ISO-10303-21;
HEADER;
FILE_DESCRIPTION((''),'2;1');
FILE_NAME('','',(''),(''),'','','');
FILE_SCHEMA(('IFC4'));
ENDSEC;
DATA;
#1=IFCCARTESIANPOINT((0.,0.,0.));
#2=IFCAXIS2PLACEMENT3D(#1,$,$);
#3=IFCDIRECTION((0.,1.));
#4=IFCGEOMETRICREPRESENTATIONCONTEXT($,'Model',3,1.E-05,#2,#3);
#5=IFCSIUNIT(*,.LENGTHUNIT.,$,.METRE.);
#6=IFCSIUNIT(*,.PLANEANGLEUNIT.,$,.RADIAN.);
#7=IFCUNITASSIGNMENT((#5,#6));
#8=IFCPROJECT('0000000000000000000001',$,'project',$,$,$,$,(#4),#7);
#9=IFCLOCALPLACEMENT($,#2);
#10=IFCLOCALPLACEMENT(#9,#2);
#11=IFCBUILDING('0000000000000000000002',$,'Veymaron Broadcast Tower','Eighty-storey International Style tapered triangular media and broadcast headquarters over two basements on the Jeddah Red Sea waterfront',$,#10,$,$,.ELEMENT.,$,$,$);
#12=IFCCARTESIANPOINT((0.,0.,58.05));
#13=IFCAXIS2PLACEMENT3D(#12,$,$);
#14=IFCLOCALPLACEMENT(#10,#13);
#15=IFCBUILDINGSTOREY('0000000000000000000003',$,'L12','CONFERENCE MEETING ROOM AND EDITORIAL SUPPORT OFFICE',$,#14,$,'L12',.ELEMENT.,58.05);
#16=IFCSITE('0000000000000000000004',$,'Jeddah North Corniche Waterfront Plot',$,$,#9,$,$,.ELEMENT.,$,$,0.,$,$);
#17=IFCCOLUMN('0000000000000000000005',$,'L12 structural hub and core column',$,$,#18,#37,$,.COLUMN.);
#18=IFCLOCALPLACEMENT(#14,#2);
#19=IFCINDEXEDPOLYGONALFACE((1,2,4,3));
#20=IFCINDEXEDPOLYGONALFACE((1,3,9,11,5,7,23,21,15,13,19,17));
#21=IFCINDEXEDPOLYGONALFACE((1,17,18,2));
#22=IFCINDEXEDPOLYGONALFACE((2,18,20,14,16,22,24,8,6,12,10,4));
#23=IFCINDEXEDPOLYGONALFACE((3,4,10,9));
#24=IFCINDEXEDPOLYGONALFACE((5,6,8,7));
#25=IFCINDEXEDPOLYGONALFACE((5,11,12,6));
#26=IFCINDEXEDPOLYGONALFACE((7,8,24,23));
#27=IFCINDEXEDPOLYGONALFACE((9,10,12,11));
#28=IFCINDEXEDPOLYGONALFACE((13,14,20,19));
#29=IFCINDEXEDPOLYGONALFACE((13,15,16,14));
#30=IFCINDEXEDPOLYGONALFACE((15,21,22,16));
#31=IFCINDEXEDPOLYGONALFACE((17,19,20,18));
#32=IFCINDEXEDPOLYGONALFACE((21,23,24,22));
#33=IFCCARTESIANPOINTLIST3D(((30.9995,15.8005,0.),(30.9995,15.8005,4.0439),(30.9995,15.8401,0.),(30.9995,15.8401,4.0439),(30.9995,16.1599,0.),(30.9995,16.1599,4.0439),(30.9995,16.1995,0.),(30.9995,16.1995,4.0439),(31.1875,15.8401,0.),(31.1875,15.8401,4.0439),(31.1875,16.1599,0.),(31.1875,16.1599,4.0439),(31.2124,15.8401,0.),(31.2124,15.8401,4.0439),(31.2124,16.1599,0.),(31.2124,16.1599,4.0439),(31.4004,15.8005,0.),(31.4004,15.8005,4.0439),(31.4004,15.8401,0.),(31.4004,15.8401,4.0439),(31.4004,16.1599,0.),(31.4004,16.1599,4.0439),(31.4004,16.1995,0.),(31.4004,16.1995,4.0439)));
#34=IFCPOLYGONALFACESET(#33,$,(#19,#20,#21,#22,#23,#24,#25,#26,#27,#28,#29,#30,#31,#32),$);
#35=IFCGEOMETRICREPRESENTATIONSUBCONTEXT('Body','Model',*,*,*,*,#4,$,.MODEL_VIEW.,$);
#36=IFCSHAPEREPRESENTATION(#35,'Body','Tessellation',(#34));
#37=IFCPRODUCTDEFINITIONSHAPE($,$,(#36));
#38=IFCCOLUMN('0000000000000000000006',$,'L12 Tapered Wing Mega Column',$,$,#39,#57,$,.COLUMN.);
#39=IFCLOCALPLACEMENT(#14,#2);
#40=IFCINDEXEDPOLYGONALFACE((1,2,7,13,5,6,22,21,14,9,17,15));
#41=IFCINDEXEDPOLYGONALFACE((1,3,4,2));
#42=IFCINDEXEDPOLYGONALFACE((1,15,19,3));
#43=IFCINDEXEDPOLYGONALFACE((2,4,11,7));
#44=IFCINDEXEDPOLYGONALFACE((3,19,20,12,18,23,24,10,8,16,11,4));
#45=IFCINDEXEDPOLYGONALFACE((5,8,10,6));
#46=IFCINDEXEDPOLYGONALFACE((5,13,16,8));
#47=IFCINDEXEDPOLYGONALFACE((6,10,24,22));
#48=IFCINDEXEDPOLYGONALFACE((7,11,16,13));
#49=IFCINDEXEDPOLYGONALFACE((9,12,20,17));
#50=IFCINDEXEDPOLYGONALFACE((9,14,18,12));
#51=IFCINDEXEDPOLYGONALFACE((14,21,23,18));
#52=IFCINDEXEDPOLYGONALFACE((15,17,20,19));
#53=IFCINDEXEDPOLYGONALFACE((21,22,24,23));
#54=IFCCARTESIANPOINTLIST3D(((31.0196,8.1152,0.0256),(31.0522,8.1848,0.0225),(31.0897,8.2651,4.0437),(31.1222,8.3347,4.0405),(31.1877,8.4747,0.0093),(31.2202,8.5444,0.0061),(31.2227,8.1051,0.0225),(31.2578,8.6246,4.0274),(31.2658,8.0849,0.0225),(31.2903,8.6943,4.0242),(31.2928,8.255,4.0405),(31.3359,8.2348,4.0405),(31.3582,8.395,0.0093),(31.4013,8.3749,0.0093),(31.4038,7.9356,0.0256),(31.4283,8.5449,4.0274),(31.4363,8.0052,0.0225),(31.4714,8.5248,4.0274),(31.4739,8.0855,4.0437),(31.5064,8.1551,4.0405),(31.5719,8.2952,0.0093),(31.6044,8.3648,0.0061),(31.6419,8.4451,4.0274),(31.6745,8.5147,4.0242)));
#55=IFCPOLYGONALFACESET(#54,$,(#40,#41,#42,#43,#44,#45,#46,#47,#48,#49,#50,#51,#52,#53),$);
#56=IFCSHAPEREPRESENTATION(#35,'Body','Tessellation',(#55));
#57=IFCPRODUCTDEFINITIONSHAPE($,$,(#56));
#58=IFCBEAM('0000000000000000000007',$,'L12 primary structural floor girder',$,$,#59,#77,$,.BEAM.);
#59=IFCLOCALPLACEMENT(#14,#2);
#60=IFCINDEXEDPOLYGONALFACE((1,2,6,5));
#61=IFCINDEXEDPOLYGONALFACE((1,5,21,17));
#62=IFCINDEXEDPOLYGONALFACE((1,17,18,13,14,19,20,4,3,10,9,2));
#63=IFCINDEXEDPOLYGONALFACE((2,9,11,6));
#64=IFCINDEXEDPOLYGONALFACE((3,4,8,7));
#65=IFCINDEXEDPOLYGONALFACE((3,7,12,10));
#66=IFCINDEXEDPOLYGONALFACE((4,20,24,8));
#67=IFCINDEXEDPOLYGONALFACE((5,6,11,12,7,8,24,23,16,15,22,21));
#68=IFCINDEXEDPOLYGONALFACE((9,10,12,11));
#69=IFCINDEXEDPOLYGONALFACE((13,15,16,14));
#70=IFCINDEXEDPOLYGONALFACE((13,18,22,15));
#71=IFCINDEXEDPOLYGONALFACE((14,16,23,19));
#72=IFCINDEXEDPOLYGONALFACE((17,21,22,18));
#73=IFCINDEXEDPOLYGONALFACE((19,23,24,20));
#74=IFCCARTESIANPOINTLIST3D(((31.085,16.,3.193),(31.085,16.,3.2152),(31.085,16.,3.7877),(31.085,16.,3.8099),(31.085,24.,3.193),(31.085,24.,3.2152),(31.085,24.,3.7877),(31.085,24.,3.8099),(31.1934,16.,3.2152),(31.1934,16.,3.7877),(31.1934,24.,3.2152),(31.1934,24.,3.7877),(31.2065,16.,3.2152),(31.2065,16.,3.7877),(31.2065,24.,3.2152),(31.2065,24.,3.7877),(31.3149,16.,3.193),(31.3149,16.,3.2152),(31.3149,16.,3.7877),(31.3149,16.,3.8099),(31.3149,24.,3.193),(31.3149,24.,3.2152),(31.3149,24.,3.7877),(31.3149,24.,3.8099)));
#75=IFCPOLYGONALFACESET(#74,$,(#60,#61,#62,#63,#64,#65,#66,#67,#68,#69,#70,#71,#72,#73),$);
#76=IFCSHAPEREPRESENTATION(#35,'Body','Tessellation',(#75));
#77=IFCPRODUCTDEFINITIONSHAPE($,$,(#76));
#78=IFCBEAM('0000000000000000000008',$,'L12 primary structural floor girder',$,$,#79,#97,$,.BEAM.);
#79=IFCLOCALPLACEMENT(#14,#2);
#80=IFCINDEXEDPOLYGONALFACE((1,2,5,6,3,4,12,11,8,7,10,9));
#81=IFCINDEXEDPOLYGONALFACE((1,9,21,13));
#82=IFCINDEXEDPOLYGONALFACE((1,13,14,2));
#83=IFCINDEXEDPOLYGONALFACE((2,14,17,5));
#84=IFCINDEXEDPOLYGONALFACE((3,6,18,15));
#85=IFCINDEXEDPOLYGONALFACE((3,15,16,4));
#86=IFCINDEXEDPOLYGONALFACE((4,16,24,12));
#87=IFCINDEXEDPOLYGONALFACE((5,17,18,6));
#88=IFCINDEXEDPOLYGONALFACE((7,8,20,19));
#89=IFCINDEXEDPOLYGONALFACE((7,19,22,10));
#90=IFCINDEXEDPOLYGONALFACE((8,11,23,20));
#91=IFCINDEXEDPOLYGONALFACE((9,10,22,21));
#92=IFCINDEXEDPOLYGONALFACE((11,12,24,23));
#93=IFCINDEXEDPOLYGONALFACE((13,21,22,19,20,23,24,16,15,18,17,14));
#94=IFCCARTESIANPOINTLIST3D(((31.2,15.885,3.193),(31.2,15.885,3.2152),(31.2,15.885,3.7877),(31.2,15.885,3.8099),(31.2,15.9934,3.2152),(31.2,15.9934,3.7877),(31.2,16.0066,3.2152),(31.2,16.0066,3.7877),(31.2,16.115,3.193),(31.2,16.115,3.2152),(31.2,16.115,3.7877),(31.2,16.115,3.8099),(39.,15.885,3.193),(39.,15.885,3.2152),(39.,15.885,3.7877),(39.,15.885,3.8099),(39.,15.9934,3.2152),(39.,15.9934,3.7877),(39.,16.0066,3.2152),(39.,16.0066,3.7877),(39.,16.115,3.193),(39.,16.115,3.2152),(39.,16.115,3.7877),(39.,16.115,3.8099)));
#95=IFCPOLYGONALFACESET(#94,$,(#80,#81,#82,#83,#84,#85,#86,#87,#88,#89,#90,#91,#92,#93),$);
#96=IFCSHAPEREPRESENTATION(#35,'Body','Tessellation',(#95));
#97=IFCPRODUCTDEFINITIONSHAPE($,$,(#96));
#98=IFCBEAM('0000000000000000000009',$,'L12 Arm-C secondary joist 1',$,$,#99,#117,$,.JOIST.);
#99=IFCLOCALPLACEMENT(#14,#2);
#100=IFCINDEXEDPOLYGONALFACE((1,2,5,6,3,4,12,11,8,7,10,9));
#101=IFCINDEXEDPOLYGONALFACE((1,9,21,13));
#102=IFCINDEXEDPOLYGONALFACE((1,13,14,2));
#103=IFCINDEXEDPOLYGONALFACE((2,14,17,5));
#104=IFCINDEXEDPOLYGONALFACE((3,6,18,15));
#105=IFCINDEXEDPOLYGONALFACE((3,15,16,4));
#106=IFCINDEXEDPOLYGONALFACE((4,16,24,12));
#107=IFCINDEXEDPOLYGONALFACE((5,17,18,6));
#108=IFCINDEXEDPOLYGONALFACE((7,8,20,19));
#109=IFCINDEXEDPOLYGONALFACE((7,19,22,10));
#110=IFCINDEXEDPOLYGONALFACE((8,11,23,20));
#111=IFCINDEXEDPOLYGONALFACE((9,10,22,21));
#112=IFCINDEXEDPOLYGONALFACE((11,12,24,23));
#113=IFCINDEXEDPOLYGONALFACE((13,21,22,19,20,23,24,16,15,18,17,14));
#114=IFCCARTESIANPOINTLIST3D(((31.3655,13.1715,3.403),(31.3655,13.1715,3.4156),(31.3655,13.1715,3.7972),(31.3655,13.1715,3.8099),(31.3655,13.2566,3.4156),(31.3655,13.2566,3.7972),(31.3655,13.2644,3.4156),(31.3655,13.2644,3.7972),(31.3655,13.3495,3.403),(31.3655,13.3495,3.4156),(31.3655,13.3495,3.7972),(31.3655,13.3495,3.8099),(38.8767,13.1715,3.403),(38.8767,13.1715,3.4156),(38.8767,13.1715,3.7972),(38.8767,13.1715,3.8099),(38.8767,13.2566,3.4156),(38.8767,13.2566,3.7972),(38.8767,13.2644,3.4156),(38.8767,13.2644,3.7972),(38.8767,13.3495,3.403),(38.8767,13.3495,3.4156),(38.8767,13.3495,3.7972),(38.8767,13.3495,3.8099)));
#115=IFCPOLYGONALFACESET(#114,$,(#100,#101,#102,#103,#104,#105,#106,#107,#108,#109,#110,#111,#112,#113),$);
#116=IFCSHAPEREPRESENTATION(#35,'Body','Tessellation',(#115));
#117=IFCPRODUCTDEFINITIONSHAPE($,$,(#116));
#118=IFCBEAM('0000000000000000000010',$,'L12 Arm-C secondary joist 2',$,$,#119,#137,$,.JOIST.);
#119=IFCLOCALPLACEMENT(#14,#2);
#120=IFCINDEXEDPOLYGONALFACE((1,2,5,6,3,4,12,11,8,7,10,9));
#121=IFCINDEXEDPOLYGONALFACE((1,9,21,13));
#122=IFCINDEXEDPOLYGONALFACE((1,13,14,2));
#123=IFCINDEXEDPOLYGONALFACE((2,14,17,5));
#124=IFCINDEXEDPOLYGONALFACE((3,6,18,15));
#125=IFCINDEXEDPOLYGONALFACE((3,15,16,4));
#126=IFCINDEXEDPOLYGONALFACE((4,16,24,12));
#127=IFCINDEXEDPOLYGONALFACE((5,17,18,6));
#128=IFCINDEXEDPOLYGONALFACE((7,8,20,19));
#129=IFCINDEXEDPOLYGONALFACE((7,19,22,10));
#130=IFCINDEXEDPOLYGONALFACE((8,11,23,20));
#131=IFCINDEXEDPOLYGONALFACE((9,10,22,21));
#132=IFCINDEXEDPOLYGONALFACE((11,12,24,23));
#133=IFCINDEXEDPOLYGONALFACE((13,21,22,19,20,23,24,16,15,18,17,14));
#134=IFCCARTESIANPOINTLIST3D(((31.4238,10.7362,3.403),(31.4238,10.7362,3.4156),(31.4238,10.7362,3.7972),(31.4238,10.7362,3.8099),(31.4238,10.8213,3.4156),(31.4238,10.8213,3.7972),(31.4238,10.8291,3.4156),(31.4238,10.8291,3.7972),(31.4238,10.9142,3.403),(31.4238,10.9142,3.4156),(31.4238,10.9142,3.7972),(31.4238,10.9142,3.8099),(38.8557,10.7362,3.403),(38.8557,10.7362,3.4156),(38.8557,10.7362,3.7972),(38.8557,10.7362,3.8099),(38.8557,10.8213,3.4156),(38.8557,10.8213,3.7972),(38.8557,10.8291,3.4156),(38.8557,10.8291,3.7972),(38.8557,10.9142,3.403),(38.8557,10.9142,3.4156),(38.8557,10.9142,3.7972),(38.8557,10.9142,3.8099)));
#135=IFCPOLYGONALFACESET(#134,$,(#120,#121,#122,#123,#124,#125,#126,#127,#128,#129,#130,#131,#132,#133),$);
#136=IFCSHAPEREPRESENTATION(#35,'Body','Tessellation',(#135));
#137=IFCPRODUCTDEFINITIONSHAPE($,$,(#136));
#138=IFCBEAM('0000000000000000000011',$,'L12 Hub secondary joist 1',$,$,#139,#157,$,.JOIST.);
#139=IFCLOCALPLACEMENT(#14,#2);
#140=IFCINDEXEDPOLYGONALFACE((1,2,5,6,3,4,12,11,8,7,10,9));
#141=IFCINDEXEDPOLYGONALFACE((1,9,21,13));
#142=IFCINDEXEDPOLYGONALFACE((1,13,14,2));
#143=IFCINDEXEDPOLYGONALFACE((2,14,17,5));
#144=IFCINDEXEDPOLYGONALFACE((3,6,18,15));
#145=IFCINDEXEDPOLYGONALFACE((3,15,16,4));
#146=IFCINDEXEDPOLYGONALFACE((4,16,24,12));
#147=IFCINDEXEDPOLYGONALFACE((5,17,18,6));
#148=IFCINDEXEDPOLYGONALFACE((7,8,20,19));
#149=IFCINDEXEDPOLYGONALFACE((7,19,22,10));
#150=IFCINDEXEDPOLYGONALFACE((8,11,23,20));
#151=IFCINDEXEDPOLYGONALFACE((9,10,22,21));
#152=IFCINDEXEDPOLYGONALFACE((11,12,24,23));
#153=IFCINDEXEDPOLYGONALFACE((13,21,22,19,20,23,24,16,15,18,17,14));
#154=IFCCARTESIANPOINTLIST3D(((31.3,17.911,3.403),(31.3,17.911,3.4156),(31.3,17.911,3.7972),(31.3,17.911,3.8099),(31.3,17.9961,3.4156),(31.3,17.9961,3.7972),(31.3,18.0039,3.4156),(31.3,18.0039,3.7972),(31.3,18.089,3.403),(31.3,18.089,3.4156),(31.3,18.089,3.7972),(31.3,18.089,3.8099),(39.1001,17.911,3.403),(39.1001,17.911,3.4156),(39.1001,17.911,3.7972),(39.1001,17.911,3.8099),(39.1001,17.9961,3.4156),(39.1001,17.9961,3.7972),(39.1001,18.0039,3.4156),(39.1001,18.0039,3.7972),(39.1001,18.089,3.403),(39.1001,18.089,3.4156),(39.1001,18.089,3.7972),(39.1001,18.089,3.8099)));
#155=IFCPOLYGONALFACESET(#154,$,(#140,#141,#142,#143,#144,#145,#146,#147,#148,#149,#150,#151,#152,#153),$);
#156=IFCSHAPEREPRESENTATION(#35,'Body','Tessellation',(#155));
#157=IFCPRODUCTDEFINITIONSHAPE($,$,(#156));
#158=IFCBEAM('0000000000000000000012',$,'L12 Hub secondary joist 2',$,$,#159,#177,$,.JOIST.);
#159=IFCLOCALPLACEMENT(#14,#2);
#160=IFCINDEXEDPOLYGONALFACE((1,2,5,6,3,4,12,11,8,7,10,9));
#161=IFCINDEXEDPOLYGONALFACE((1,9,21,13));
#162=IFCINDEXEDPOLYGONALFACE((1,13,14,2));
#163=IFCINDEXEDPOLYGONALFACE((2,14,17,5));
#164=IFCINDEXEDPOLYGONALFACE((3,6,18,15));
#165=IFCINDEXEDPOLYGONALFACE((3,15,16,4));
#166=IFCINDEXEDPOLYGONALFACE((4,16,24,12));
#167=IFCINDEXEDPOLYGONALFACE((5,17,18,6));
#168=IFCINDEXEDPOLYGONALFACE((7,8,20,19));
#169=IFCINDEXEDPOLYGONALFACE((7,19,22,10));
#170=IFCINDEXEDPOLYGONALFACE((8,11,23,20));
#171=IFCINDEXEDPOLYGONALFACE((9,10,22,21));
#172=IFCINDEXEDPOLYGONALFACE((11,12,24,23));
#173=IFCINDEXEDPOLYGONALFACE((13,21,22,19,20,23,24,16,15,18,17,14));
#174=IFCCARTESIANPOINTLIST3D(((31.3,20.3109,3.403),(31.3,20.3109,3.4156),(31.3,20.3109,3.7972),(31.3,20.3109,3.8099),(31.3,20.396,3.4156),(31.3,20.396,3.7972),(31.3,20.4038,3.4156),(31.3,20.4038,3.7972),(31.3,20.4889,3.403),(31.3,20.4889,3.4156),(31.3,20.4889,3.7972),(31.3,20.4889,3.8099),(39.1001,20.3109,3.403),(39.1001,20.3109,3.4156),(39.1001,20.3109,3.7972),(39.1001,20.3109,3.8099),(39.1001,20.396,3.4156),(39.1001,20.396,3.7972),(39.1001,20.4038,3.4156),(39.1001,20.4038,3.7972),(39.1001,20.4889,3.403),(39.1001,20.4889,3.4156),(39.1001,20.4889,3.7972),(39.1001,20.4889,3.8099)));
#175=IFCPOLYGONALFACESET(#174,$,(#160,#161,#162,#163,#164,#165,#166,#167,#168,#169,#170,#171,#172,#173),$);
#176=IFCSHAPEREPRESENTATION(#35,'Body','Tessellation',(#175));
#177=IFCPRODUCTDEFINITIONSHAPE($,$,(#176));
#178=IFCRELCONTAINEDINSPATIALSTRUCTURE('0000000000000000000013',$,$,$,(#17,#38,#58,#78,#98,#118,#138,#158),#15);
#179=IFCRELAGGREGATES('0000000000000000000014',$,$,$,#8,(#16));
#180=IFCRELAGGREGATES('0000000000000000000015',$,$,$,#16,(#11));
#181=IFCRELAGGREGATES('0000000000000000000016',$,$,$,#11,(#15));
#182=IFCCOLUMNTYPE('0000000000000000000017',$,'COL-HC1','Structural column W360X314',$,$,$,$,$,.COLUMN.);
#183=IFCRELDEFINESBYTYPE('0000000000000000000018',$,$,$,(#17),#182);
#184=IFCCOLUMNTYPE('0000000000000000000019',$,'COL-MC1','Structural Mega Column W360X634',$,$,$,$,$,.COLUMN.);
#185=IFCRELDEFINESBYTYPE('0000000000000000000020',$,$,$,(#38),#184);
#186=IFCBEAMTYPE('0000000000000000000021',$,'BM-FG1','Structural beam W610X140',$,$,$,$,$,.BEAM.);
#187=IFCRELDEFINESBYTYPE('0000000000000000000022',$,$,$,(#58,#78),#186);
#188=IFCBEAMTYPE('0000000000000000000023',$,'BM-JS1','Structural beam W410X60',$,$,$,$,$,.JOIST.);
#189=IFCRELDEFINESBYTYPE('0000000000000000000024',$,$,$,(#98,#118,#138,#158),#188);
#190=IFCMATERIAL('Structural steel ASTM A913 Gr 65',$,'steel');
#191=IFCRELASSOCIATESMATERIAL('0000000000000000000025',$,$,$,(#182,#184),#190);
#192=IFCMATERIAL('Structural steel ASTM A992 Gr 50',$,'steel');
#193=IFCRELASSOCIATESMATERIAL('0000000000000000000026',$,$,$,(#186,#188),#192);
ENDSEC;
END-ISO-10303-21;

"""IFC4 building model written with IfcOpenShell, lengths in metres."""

from ifc_helpers import new_model, si_unit, direction, frame, origin, origin_2d, place, context, subcontext, project, spatial, i_section, extrude, material, material_profile, profile_set, type_object, element, save


model = new_model("IFC4")

# Units and contexts
model_context = context("Model", 3, precision=1e-05, world=origin(), true_north=direction((0.0, 1.0)))
body_context = subcontext(model_context, "Body", "Model", "MODEL_VIEW")
ifc_project = project(units=[si_unit("LENGTHUNIT", "METRE"), si_unit("PLANEANGLEUNIT", "RADIAN")], contexts=[model_context])

# Site, building, storey
site_placement = place(None, origin())
site = spatial("IfcSite", under=ifc_project, at=site_placement, Name="Jeddah North Corniche Waterfront Plot", CompositionType="ELEMENT", RefElevation=0.0)
building_placement = place(site_placement, origin())
building = spatial("IfcBuilding", under=site, at=building_placement, Name="Veymaron Broadcast Tower", Description="Eighty-storey International Style tapered triangular media and broadcast headquarters over two basements on the Jeddah Red Sea waterfront", CompositionType="ELEMENT")
storey_placement = place(building_placement, frame((0.0, 0.0, 58.05)))
storey = spatial("IfcBuildingStorey", under=building, at=storey_placement, Name="L12", Description="CONFERENCE MEETING ROOM AND EDITORIAL SUPPORT OFFICE", LongName="L12", CompositionType="ELEMENT", Elevation=58.05)

# Columns
ifc_material_1 = material(Name="Structural steel ASTM A913 Gr 65", Category="steel")
ifc_material_profile_1 = material_profile(ifc_material_1, i_section(OverallWidth=0.4009, OverallDepth=0.3989, WebThickness=0.0249, FlangeThickness=0.0396, at=origin_2d()), Name="W360X314")
ifc_profile_set_1 = profile_set([ifc_material_profile_1], Name="Structural steel ASTM A913 Gr 65")
column_type_1 = type_object("IfcColumnType", Name="COL-HC1", Description="Structural column W360X314", PredefinedType="COLUMN", material=ifc_profile_set_1)
column_1_placement = place(storey_placement, frame((31.2, 16.0, 0.0), z_axis=(0.0, 0.0, 1.0), x_axis=(1.0, 0.0, 0.0)))
element("IfcColumn", 1, at=column_1_placement, inside=storey, type_object=column_type_1, Name="L12 structural hub and core column", PredefinedType="COLUMN", context=body_context, shape_type="SweptSolid", body=[
    extrude(i_section(OverallWidth=0.4009, OverallDepth=0.3989, WebThickness=0.0249, FlangeThickness=0.0396, at=origin_2d()), origin(), (0.0, 0.0, 1.0), 4.0439),
])
ifc_material_profile_2 = material_profile(ifc_material_1, i_section(OverallWidth=0.4241, OverallDepth=0.4741, WebThickness=0.0476, FlangeThickness=0.0769, at=origin_2d()), Name="W360X634")
ifc_profile_set_2 = profile_set([ifc_material_profile_2], Name="Structural steel ASTM A913 Gr 65")
column_type_2 = type_object("IfcColumnType", Name="COL-MC1", Description="Structural Mega Column W360X634", PredefinedType="COLUMN", material=ifc_profile_set_2)
column_2_placement = place(storey_placement, frame((31.312, 8.24, 0.0159), z_axis=(0.017424, 0.037275, 0.999153), x_axis=(-0.905919, 0.423451, 0.0)))
element("IfcColumn", 2, at=column_2_placement, inside=storey, type_object=column_type_2, Name="L12 Tapered Wing Mega Column", PredefinedType="COLUMN", context=body_context, shape_type="SweptSolid", body=[
    extrude(i_section(OverallWidth=0.4241, OverallDepth=0.4741, WebThickness=0.0476, FlangeThickness=0.0769, at=origin_2d()), origin(), (0.0, 0.0, 1.0), 4.0215),
])

# Beams
ifc_material_2 = material(Name="Structural steel ASTM A992 Gr 50", Category="steel")
ifc_material_profile_3 = material_profile(ifc_material_2, i_section(OverallWidth=0.23, OverallDepth=0.6169, WebThickness=0.0132, FlangeThickness=0.0222, at=origin_2d()), Name="W610X140")
ifc_profile_set_3 = profile_set([ifc_material_profile_3], Name="Structural steel ASTM A992 Gr 50")
beam_type_1 = type_object("IfcBeamType", Name="BM-FG1", Description="Structural beam W610X140", PredefinedType="BEAM", material=ifc_profile_set_3)
beam_1_placement = place(storey_placement, frame((31.2, 16.0, 3.5015), z_axis=(0.0, 1.0, 0.0), x_axis=(-1.0, 0.0, 0.0)))
element("IfcBeam", 3, at=beam_1_placement, inside=storey, type_object=beam_type_1, Name="L12 primary structural floor girder", PredefinedType="BEAM", context=body_context, shape_type="SweptSolid", body=[
    extrude(i_section(OverallWidth=0.23, OverallDepth=0.6169, WebThickness=0.0132, FlangeThickness=0.0222, at=origin_2d()), origin(), (0.0, 0.0, 1.0), 8.0),
])
beam_2_placement = place(storey_placement, frame((31.2, 16.0, 3.5015), z_axis=(1.0, 0.0, 0.0), x_axis=(0.0, 1.0, 0.0)))
element("IfcBeam", 4, at=beam_2_placement, inside=storey, type_object=beam_type_1, Name="L12 primary structural floor girder", PredefinedType="BEAM", context=body_context, shape_type="SweptSolid", body=[
    extrude(i_section(OverallWidth=0.23, OverallDepth=0.6169, WebThickness=0.0132, FlangeThickness=0.0222, at=origin_2d()), origin(), (0.0, 0.0, 1.0), 7.8),
])
ifc_material_profile_4 = material_profile(ifc_material_2, i_section(OverallWidth=0.178, OverallDepth=0.407, WebThickness=0.0078, FlangeThickness=0.0127, at=origin_2d()), Name="W410X60")
ifc_profile_set_4 = profile_set([ifc_material_profile_4], Name="Structural steel ASTM A992 Gr 50")
beam_type_2 = type_object("IfcBeamType", Name="BM-JS1", Description="Structural beam W410X60", PredefinedType="JOIST", material=ifc_profile_set_4)
beam_3_placement = place(storey_placement, frame((31.3655, 13.2605, 3.6064), z_axis=(1.0, 0.0, 0.0), x_axis=(0.0, 1.0, 0.0)))
element("IfcBeam", 5, at=beam_3_placement, inside=storey, type_object=beam_type_2, Name="L12 Arm-C secondary joist 1", PredefinedType="JOIST", context=body_context, shape_type="SweptSolid", body=[
    extrude(i_section(OverallWidth=0.178, OverallDepth=0.407, WebThickness=0.0078, FlangeThickness=0.0127, at=origin_2d()), origin(), (0.0, 0.0, 1.0), 7.5112),
])
beam_4_placement = place(storey_placement, frame((31.4238, 10.8252, 3.6064), z_axis=(1.0, 0.0, 0.0), x_axis=(0.0, 1.0, 0.0)))
element("IfcBeam", 6, at=beam_4_placement, inside=storey, type_object=beam_type_2, Name="L12 Arm-C secondary joist 2", PredefinedType="JOIST", context=body_context, shape_type="SweptSolid", body=[
    extrude(i_section(OverallWidth=0.178, OverallDepth=0.407, WebThickness=0.0078, FlangeThickness=0.0127, at=origin_2d()), origin(), (0.0, 0.0, 1.0), 7.4319),
])
for number, where, z_axis, x_axis, name in (
    (7, (31.3, 18.0, 3.6064), (1.0, 0.0, 0.0), (0.0, 1.0, 0.0), "L12 Hub secondary joist 1"),
    (8, (31.3, 20.3999, 3.6064), (1.0, 0.0, 0.0), (0.0, 1.0, 0.0), "L12 Hub secondary joist 2"),
):
    element("IfcBeam", number, at=place(storey_placement, frame(where, z_axis=z_axis, x_axis=x_axis)), inside=storey, type_object=beam_type_2, Name=name, PredefinedType="JOIST", context=body_context, shape_type="SweptSolid", body=[
        extrude(i_section(OverallWidth=0.178, OverallDepth=0.407, WebThickness=0.0078, FlangeThickness=0.0127, at=origin_2d()), origin(), (0.0, 0.0, 1.0), 7.8),
    ])

save(model, "model.ifc")
